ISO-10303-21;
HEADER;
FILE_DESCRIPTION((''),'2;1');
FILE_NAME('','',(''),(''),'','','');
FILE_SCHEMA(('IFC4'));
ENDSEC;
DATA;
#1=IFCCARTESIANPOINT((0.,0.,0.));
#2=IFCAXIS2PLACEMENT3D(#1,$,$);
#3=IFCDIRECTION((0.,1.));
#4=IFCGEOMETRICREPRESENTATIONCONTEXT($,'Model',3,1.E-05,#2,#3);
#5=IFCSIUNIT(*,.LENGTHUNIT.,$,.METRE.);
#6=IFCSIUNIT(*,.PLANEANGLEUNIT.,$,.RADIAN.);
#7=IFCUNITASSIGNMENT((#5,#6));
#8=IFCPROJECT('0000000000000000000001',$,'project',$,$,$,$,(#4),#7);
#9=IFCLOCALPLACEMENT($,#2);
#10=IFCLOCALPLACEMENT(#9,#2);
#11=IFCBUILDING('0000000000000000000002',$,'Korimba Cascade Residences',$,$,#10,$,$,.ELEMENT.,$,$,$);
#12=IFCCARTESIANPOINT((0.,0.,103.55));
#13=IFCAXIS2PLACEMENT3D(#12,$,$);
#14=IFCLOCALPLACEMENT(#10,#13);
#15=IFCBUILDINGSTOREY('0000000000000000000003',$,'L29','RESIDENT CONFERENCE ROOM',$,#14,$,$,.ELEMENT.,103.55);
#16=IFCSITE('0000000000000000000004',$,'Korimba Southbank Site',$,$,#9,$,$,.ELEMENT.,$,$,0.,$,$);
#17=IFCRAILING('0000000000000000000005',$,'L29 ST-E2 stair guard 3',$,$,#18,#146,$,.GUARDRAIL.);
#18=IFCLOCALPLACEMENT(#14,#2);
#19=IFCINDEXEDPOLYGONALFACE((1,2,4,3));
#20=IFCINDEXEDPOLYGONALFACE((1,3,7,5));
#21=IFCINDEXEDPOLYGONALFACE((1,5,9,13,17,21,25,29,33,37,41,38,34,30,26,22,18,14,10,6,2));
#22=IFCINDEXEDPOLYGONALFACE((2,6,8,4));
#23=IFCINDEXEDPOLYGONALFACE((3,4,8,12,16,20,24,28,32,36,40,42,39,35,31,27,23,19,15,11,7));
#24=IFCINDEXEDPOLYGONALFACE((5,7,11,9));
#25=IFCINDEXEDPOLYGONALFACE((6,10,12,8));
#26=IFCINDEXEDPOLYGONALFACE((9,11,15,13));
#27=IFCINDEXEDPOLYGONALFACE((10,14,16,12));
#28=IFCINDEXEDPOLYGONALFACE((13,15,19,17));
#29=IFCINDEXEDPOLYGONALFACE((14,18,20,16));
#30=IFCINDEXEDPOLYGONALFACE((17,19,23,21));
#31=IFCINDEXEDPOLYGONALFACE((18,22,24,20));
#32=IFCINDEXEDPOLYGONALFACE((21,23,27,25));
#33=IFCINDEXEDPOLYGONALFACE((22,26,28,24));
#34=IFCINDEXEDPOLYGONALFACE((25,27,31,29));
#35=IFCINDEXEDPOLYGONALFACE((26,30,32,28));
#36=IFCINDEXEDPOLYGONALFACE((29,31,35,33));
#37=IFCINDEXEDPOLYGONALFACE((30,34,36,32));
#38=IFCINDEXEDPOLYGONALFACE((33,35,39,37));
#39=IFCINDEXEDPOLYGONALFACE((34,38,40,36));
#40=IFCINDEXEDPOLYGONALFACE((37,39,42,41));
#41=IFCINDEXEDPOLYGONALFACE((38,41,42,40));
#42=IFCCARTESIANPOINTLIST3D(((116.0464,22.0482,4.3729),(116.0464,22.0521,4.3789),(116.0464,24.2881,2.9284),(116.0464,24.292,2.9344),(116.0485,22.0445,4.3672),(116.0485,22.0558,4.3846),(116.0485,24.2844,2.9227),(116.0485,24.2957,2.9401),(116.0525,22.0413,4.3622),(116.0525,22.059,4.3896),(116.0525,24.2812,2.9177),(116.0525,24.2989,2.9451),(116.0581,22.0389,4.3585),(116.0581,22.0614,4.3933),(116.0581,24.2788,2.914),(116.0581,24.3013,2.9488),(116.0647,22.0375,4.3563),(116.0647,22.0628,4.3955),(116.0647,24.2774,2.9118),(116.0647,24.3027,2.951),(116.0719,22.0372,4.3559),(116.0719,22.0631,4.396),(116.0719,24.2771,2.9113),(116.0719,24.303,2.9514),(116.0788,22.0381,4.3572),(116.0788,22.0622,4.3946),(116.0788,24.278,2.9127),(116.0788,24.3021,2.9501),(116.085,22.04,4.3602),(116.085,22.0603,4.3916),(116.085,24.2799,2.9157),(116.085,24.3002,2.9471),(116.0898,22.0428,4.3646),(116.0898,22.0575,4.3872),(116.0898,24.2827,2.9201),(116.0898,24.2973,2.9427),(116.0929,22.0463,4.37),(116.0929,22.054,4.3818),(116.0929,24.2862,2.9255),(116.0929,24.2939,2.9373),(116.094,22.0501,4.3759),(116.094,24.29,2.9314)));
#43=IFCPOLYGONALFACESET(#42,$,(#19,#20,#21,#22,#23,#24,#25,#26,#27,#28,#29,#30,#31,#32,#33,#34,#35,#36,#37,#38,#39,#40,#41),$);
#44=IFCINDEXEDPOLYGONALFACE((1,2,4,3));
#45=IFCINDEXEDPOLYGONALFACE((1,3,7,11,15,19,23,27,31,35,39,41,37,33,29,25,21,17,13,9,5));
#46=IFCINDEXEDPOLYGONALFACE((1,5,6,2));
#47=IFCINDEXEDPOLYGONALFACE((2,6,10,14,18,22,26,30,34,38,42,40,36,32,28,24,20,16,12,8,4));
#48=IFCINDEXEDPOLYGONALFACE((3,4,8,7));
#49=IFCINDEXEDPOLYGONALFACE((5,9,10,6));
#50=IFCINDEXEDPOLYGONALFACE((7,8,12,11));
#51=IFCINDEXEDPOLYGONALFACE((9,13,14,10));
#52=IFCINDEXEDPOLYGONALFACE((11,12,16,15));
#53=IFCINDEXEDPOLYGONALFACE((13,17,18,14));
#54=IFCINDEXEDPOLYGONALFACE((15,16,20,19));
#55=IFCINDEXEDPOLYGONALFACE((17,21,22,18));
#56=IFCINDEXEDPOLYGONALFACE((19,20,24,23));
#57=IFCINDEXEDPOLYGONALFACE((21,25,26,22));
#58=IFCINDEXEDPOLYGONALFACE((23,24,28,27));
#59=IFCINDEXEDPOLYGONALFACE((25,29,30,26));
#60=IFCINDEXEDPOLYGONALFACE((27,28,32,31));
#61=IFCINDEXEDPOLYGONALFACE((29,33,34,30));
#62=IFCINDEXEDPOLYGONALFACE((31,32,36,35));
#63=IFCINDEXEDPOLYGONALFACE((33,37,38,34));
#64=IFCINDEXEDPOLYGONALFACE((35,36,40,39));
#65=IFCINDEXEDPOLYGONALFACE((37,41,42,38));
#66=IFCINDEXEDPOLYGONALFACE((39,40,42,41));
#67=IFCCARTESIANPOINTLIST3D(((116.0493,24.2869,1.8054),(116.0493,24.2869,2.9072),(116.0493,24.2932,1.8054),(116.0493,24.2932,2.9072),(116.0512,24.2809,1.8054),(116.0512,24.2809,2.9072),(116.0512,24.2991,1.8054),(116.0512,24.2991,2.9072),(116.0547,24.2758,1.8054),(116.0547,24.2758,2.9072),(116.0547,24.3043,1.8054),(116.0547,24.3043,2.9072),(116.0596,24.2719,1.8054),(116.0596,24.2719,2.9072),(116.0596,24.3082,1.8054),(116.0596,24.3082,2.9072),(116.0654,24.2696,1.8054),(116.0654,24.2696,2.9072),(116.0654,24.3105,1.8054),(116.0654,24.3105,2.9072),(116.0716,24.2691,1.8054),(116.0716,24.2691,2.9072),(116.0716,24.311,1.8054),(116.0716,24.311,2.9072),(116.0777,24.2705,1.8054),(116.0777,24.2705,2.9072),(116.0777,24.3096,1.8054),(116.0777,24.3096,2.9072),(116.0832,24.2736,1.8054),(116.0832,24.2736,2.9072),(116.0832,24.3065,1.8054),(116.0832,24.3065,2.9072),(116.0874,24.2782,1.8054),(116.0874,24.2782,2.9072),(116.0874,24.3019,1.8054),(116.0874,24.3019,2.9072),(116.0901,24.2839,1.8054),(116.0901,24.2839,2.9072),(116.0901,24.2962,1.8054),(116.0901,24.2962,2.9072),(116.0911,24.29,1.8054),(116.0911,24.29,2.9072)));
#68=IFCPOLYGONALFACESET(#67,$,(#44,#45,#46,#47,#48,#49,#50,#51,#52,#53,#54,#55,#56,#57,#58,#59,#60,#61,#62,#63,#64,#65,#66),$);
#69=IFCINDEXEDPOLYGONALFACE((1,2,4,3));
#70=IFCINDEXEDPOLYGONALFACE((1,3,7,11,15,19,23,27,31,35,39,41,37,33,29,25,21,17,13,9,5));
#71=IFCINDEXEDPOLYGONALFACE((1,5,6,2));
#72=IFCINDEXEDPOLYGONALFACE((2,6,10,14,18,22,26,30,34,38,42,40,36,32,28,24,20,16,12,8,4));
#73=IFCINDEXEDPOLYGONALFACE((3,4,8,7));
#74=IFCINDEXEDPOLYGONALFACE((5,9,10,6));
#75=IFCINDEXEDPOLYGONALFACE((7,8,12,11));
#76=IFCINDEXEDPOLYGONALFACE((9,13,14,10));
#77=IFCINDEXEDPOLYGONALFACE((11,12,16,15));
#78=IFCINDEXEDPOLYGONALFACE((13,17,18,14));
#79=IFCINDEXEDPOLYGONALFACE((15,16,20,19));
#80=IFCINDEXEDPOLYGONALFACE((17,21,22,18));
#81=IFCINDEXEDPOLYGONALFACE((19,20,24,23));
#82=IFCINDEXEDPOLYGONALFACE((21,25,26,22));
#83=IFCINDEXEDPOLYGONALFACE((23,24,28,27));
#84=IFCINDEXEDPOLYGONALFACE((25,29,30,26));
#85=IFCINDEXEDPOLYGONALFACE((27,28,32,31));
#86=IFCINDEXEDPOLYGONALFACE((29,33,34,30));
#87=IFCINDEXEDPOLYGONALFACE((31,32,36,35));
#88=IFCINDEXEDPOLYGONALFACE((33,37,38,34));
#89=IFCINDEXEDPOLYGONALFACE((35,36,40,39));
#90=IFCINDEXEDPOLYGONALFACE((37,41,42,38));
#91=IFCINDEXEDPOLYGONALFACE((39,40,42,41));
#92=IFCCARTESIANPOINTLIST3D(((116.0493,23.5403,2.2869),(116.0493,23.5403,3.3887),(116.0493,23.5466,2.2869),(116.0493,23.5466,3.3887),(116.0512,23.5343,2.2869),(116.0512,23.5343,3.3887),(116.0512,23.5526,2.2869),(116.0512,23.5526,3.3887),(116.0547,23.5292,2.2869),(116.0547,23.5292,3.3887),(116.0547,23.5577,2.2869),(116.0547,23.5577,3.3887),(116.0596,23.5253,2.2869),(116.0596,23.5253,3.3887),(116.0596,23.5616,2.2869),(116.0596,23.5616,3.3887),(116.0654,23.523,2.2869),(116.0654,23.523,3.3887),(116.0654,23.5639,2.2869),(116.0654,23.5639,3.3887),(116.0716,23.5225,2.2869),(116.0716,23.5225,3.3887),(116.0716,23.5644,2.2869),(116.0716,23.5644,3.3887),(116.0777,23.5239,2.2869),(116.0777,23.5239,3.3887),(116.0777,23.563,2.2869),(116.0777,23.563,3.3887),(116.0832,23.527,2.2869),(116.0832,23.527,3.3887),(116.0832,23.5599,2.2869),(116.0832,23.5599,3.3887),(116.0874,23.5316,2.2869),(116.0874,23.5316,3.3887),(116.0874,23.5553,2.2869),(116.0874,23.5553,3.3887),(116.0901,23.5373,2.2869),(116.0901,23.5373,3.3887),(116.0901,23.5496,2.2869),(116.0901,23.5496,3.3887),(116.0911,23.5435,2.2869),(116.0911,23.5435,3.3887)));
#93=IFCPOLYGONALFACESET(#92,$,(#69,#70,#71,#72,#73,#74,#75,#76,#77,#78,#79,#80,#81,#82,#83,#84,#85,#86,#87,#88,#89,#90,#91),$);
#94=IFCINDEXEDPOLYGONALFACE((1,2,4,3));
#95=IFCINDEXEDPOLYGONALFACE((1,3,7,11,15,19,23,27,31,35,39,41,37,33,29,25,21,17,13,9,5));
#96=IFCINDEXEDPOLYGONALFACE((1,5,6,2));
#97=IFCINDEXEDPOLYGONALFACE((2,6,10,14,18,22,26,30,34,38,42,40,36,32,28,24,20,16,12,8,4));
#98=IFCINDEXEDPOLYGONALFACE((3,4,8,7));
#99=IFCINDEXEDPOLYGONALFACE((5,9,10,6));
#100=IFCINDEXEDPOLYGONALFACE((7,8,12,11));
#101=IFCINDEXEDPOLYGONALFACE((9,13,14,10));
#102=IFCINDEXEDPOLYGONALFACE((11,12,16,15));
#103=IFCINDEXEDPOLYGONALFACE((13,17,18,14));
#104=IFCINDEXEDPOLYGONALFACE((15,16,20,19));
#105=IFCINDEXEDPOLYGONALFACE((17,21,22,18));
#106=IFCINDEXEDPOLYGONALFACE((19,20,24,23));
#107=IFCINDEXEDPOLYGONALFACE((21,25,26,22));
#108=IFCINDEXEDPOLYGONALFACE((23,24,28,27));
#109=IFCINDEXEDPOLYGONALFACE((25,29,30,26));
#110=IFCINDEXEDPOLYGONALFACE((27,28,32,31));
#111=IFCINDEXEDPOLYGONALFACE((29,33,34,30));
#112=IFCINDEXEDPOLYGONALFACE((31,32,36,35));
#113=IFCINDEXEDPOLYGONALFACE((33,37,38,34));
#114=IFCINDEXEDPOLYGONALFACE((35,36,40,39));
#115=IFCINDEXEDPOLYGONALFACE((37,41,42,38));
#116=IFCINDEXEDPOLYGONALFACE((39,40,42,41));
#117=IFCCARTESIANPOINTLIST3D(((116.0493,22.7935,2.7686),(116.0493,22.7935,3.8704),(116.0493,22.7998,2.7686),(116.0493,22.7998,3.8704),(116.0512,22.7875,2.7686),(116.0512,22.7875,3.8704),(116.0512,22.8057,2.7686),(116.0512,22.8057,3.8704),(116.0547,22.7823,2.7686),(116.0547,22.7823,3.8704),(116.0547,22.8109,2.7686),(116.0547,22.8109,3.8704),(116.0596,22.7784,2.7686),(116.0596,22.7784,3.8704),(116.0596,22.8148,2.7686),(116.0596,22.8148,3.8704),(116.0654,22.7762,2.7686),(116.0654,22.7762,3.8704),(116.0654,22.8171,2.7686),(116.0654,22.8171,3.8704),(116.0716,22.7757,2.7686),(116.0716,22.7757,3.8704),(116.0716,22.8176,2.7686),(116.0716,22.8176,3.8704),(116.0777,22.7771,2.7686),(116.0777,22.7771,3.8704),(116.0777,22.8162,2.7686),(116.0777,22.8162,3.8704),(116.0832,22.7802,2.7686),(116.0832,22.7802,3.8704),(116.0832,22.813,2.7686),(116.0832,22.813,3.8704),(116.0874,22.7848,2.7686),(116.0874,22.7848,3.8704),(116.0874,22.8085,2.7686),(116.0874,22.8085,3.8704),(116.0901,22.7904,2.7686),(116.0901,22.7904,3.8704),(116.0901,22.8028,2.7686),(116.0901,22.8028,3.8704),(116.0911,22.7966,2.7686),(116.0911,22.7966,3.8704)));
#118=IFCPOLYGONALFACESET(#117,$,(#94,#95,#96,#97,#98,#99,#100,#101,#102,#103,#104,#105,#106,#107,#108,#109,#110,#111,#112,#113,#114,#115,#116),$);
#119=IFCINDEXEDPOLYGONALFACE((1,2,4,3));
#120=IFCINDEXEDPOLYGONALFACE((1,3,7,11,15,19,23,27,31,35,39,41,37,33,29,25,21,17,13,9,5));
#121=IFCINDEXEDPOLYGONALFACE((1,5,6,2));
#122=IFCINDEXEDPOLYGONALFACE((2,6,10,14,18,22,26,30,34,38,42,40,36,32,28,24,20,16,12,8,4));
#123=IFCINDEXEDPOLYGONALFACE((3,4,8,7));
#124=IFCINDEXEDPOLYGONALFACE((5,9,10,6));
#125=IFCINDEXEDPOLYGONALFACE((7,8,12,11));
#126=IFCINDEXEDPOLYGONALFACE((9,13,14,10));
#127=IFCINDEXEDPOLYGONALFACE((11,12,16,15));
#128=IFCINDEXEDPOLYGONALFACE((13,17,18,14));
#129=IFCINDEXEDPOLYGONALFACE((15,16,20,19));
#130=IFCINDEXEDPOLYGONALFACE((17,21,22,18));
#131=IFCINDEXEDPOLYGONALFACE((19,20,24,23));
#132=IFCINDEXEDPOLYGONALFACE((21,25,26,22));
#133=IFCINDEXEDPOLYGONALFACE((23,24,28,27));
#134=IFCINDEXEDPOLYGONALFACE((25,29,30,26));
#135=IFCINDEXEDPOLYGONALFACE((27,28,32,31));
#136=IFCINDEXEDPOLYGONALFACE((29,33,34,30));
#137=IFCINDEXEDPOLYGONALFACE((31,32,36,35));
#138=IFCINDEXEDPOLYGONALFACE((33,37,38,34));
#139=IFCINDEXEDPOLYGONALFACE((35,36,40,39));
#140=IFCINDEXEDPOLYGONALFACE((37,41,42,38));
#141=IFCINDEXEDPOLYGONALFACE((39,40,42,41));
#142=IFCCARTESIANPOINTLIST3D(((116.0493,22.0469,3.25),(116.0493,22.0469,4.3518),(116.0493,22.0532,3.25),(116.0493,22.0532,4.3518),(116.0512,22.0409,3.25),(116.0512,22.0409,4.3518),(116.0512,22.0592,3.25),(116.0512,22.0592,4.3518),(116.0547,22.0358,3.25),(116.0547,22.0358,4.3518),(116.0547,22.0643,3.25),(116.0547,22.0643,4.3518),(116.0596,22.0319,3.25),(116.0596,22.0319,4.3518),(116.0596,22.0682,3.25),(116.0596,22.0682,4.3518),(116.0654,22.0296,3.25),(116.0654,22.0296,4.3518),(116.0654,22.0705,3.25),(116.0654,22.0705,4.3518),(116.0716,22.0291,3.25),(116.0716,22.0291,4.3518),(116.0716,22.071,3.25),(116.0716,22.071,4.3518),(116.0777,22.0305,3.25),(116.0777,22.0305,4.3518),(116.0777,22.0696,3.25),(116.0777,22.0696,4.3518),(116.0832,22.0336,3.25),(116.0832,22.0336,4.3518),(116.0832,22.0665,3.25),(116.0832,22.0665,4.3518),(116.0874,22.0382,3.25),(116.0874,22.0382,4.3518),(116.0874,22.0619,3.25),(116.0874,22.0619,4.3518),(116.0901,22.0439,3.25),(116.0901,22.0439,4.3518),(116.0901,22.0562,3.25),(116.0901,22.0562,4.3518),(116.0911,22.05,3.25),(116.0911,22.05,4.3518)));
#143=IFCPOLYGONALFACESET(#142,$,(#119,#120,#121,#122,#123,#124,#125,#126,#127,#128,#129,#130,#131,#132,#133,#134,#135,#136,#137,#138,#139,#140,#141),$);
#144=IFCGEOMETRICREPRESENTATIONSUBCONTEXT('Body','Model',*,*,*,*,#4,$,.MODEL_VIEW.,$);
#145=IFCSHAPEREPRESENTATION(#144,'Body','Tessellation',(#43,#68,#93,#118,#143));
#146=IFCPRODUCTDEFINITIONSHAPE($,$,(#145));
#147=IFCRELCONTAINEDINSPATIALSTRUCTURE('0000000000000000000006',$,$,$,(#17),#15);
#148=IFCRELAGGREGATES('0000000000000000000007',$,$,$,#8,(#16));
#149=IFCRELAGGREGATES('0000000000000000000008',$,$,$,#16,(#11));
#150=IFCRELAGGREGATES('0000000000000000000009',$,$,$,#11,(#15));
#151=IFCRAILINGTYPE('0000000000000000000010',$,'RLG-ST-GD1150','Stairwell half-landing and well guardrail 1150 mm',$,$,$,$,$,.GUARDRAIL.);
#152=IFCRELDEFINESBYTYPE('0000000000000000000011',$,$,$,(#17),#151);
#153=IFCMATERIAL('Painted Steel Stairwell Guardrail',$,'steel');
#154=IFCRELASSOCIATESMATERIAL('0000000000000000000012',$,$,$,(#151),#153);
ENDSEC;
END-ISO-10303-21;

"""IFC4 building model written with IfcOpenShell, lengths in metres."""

from ifc_helpers import new_model, si_unit, direction, frame, origin, origin_2d, place, context, subcontext, project, spatial, circle, extrude, material, type_object, element, save


model = new_model("IFC4")

# Units and contexts
model_context = context("Model", 3, precision=1e-05, world=origin(), true_north=direction((0.0, 1.0)))
body_context = subcontext(model_context, "Body", "Model", "MODEL_VIEW")
ifc_project = project(units=[si_unit("LENGTHUNIT", "METRE"), si_unit("PLANEANGLEUNIT", "RADIAN")], contexts=[model_context])

# Site, building, storey
site_placement = place(None, origin())
site = spatial("IfcSite", under=ifc_project, at=site_placement, Name="Korimba Southbank Site", CompositionType="ELEMENT", RefElevation=0.0)
building_placement = place(site_placement, origin())
building = spatial("IfcBuilding", under=site, at=building_placement, Name="Korimba Cascade Residences", CompositionType="ELEMENT")
storey_placement = place(building_placement, frame((0.0, 0.0, 103.55)))
storey = spatial("IfcBuildingStorey", under=building, at=storey_placement, Name="L29", Description="RESIDENT CONFERENCE ROOM", CompositionType="ELEMENT", Elevation=103.55)

# Railing
ifc_material_1 = material(Name="Painted Steel Stairwell Guardrail", Category="steel")
railing_type_1 = type_object("IfcRailingType", Name="RLG-ST-GD1150", Description="Stairwell half-landing and well guardrail 1150 mm", PredefinedType="GUARDRAIL", material=ifc_material_1)
railing_1_placement = place(storey_placement, frame((116.0701, 24.29, 1.8054)))
element("IfcRailing", 1, at=railing_1_placement, inside=storey, type_object=railing_type_1, Name="L29 ST-E2 stair guard 3", PredefinedType="GUARDRAIL", context=body_context, shape_type="SweptSolid", body=[
    extrude(circle(Radius=0.0239, at=origin_2d()), frame((0.0, 0.0, 1.126), z_axis=(0.0, -0.840395, 0.541975), x_axis=(1.0, 0.0, 0.0)), (0.0, 0.0, 1.0), 2.6653),
    extrude(circle(Radius=0.021, at=origin_2d()), origin(), (0.0, 0.0, 1.0), 1.1018),
    extrude(circle(Radius=0.021, at=origin_2d()), frame((0.0, -0.7466, 0.4814)), (0.0, 0.0, 1.0), 1.1018),
    extrude(circle(Radius=0.021, at=origin_2d()), frame((0.0, -1.4934, 0.9631)), (0.0, 0.0, 1.0), 1.1018),
    extrude(circle(Radius=0.021, at=origin_2d()), frame((0.0, -2.24, 1.4446)), (0.0, 0.0, 1.0), 1.1018),
])

save(model, "model.ifc")
